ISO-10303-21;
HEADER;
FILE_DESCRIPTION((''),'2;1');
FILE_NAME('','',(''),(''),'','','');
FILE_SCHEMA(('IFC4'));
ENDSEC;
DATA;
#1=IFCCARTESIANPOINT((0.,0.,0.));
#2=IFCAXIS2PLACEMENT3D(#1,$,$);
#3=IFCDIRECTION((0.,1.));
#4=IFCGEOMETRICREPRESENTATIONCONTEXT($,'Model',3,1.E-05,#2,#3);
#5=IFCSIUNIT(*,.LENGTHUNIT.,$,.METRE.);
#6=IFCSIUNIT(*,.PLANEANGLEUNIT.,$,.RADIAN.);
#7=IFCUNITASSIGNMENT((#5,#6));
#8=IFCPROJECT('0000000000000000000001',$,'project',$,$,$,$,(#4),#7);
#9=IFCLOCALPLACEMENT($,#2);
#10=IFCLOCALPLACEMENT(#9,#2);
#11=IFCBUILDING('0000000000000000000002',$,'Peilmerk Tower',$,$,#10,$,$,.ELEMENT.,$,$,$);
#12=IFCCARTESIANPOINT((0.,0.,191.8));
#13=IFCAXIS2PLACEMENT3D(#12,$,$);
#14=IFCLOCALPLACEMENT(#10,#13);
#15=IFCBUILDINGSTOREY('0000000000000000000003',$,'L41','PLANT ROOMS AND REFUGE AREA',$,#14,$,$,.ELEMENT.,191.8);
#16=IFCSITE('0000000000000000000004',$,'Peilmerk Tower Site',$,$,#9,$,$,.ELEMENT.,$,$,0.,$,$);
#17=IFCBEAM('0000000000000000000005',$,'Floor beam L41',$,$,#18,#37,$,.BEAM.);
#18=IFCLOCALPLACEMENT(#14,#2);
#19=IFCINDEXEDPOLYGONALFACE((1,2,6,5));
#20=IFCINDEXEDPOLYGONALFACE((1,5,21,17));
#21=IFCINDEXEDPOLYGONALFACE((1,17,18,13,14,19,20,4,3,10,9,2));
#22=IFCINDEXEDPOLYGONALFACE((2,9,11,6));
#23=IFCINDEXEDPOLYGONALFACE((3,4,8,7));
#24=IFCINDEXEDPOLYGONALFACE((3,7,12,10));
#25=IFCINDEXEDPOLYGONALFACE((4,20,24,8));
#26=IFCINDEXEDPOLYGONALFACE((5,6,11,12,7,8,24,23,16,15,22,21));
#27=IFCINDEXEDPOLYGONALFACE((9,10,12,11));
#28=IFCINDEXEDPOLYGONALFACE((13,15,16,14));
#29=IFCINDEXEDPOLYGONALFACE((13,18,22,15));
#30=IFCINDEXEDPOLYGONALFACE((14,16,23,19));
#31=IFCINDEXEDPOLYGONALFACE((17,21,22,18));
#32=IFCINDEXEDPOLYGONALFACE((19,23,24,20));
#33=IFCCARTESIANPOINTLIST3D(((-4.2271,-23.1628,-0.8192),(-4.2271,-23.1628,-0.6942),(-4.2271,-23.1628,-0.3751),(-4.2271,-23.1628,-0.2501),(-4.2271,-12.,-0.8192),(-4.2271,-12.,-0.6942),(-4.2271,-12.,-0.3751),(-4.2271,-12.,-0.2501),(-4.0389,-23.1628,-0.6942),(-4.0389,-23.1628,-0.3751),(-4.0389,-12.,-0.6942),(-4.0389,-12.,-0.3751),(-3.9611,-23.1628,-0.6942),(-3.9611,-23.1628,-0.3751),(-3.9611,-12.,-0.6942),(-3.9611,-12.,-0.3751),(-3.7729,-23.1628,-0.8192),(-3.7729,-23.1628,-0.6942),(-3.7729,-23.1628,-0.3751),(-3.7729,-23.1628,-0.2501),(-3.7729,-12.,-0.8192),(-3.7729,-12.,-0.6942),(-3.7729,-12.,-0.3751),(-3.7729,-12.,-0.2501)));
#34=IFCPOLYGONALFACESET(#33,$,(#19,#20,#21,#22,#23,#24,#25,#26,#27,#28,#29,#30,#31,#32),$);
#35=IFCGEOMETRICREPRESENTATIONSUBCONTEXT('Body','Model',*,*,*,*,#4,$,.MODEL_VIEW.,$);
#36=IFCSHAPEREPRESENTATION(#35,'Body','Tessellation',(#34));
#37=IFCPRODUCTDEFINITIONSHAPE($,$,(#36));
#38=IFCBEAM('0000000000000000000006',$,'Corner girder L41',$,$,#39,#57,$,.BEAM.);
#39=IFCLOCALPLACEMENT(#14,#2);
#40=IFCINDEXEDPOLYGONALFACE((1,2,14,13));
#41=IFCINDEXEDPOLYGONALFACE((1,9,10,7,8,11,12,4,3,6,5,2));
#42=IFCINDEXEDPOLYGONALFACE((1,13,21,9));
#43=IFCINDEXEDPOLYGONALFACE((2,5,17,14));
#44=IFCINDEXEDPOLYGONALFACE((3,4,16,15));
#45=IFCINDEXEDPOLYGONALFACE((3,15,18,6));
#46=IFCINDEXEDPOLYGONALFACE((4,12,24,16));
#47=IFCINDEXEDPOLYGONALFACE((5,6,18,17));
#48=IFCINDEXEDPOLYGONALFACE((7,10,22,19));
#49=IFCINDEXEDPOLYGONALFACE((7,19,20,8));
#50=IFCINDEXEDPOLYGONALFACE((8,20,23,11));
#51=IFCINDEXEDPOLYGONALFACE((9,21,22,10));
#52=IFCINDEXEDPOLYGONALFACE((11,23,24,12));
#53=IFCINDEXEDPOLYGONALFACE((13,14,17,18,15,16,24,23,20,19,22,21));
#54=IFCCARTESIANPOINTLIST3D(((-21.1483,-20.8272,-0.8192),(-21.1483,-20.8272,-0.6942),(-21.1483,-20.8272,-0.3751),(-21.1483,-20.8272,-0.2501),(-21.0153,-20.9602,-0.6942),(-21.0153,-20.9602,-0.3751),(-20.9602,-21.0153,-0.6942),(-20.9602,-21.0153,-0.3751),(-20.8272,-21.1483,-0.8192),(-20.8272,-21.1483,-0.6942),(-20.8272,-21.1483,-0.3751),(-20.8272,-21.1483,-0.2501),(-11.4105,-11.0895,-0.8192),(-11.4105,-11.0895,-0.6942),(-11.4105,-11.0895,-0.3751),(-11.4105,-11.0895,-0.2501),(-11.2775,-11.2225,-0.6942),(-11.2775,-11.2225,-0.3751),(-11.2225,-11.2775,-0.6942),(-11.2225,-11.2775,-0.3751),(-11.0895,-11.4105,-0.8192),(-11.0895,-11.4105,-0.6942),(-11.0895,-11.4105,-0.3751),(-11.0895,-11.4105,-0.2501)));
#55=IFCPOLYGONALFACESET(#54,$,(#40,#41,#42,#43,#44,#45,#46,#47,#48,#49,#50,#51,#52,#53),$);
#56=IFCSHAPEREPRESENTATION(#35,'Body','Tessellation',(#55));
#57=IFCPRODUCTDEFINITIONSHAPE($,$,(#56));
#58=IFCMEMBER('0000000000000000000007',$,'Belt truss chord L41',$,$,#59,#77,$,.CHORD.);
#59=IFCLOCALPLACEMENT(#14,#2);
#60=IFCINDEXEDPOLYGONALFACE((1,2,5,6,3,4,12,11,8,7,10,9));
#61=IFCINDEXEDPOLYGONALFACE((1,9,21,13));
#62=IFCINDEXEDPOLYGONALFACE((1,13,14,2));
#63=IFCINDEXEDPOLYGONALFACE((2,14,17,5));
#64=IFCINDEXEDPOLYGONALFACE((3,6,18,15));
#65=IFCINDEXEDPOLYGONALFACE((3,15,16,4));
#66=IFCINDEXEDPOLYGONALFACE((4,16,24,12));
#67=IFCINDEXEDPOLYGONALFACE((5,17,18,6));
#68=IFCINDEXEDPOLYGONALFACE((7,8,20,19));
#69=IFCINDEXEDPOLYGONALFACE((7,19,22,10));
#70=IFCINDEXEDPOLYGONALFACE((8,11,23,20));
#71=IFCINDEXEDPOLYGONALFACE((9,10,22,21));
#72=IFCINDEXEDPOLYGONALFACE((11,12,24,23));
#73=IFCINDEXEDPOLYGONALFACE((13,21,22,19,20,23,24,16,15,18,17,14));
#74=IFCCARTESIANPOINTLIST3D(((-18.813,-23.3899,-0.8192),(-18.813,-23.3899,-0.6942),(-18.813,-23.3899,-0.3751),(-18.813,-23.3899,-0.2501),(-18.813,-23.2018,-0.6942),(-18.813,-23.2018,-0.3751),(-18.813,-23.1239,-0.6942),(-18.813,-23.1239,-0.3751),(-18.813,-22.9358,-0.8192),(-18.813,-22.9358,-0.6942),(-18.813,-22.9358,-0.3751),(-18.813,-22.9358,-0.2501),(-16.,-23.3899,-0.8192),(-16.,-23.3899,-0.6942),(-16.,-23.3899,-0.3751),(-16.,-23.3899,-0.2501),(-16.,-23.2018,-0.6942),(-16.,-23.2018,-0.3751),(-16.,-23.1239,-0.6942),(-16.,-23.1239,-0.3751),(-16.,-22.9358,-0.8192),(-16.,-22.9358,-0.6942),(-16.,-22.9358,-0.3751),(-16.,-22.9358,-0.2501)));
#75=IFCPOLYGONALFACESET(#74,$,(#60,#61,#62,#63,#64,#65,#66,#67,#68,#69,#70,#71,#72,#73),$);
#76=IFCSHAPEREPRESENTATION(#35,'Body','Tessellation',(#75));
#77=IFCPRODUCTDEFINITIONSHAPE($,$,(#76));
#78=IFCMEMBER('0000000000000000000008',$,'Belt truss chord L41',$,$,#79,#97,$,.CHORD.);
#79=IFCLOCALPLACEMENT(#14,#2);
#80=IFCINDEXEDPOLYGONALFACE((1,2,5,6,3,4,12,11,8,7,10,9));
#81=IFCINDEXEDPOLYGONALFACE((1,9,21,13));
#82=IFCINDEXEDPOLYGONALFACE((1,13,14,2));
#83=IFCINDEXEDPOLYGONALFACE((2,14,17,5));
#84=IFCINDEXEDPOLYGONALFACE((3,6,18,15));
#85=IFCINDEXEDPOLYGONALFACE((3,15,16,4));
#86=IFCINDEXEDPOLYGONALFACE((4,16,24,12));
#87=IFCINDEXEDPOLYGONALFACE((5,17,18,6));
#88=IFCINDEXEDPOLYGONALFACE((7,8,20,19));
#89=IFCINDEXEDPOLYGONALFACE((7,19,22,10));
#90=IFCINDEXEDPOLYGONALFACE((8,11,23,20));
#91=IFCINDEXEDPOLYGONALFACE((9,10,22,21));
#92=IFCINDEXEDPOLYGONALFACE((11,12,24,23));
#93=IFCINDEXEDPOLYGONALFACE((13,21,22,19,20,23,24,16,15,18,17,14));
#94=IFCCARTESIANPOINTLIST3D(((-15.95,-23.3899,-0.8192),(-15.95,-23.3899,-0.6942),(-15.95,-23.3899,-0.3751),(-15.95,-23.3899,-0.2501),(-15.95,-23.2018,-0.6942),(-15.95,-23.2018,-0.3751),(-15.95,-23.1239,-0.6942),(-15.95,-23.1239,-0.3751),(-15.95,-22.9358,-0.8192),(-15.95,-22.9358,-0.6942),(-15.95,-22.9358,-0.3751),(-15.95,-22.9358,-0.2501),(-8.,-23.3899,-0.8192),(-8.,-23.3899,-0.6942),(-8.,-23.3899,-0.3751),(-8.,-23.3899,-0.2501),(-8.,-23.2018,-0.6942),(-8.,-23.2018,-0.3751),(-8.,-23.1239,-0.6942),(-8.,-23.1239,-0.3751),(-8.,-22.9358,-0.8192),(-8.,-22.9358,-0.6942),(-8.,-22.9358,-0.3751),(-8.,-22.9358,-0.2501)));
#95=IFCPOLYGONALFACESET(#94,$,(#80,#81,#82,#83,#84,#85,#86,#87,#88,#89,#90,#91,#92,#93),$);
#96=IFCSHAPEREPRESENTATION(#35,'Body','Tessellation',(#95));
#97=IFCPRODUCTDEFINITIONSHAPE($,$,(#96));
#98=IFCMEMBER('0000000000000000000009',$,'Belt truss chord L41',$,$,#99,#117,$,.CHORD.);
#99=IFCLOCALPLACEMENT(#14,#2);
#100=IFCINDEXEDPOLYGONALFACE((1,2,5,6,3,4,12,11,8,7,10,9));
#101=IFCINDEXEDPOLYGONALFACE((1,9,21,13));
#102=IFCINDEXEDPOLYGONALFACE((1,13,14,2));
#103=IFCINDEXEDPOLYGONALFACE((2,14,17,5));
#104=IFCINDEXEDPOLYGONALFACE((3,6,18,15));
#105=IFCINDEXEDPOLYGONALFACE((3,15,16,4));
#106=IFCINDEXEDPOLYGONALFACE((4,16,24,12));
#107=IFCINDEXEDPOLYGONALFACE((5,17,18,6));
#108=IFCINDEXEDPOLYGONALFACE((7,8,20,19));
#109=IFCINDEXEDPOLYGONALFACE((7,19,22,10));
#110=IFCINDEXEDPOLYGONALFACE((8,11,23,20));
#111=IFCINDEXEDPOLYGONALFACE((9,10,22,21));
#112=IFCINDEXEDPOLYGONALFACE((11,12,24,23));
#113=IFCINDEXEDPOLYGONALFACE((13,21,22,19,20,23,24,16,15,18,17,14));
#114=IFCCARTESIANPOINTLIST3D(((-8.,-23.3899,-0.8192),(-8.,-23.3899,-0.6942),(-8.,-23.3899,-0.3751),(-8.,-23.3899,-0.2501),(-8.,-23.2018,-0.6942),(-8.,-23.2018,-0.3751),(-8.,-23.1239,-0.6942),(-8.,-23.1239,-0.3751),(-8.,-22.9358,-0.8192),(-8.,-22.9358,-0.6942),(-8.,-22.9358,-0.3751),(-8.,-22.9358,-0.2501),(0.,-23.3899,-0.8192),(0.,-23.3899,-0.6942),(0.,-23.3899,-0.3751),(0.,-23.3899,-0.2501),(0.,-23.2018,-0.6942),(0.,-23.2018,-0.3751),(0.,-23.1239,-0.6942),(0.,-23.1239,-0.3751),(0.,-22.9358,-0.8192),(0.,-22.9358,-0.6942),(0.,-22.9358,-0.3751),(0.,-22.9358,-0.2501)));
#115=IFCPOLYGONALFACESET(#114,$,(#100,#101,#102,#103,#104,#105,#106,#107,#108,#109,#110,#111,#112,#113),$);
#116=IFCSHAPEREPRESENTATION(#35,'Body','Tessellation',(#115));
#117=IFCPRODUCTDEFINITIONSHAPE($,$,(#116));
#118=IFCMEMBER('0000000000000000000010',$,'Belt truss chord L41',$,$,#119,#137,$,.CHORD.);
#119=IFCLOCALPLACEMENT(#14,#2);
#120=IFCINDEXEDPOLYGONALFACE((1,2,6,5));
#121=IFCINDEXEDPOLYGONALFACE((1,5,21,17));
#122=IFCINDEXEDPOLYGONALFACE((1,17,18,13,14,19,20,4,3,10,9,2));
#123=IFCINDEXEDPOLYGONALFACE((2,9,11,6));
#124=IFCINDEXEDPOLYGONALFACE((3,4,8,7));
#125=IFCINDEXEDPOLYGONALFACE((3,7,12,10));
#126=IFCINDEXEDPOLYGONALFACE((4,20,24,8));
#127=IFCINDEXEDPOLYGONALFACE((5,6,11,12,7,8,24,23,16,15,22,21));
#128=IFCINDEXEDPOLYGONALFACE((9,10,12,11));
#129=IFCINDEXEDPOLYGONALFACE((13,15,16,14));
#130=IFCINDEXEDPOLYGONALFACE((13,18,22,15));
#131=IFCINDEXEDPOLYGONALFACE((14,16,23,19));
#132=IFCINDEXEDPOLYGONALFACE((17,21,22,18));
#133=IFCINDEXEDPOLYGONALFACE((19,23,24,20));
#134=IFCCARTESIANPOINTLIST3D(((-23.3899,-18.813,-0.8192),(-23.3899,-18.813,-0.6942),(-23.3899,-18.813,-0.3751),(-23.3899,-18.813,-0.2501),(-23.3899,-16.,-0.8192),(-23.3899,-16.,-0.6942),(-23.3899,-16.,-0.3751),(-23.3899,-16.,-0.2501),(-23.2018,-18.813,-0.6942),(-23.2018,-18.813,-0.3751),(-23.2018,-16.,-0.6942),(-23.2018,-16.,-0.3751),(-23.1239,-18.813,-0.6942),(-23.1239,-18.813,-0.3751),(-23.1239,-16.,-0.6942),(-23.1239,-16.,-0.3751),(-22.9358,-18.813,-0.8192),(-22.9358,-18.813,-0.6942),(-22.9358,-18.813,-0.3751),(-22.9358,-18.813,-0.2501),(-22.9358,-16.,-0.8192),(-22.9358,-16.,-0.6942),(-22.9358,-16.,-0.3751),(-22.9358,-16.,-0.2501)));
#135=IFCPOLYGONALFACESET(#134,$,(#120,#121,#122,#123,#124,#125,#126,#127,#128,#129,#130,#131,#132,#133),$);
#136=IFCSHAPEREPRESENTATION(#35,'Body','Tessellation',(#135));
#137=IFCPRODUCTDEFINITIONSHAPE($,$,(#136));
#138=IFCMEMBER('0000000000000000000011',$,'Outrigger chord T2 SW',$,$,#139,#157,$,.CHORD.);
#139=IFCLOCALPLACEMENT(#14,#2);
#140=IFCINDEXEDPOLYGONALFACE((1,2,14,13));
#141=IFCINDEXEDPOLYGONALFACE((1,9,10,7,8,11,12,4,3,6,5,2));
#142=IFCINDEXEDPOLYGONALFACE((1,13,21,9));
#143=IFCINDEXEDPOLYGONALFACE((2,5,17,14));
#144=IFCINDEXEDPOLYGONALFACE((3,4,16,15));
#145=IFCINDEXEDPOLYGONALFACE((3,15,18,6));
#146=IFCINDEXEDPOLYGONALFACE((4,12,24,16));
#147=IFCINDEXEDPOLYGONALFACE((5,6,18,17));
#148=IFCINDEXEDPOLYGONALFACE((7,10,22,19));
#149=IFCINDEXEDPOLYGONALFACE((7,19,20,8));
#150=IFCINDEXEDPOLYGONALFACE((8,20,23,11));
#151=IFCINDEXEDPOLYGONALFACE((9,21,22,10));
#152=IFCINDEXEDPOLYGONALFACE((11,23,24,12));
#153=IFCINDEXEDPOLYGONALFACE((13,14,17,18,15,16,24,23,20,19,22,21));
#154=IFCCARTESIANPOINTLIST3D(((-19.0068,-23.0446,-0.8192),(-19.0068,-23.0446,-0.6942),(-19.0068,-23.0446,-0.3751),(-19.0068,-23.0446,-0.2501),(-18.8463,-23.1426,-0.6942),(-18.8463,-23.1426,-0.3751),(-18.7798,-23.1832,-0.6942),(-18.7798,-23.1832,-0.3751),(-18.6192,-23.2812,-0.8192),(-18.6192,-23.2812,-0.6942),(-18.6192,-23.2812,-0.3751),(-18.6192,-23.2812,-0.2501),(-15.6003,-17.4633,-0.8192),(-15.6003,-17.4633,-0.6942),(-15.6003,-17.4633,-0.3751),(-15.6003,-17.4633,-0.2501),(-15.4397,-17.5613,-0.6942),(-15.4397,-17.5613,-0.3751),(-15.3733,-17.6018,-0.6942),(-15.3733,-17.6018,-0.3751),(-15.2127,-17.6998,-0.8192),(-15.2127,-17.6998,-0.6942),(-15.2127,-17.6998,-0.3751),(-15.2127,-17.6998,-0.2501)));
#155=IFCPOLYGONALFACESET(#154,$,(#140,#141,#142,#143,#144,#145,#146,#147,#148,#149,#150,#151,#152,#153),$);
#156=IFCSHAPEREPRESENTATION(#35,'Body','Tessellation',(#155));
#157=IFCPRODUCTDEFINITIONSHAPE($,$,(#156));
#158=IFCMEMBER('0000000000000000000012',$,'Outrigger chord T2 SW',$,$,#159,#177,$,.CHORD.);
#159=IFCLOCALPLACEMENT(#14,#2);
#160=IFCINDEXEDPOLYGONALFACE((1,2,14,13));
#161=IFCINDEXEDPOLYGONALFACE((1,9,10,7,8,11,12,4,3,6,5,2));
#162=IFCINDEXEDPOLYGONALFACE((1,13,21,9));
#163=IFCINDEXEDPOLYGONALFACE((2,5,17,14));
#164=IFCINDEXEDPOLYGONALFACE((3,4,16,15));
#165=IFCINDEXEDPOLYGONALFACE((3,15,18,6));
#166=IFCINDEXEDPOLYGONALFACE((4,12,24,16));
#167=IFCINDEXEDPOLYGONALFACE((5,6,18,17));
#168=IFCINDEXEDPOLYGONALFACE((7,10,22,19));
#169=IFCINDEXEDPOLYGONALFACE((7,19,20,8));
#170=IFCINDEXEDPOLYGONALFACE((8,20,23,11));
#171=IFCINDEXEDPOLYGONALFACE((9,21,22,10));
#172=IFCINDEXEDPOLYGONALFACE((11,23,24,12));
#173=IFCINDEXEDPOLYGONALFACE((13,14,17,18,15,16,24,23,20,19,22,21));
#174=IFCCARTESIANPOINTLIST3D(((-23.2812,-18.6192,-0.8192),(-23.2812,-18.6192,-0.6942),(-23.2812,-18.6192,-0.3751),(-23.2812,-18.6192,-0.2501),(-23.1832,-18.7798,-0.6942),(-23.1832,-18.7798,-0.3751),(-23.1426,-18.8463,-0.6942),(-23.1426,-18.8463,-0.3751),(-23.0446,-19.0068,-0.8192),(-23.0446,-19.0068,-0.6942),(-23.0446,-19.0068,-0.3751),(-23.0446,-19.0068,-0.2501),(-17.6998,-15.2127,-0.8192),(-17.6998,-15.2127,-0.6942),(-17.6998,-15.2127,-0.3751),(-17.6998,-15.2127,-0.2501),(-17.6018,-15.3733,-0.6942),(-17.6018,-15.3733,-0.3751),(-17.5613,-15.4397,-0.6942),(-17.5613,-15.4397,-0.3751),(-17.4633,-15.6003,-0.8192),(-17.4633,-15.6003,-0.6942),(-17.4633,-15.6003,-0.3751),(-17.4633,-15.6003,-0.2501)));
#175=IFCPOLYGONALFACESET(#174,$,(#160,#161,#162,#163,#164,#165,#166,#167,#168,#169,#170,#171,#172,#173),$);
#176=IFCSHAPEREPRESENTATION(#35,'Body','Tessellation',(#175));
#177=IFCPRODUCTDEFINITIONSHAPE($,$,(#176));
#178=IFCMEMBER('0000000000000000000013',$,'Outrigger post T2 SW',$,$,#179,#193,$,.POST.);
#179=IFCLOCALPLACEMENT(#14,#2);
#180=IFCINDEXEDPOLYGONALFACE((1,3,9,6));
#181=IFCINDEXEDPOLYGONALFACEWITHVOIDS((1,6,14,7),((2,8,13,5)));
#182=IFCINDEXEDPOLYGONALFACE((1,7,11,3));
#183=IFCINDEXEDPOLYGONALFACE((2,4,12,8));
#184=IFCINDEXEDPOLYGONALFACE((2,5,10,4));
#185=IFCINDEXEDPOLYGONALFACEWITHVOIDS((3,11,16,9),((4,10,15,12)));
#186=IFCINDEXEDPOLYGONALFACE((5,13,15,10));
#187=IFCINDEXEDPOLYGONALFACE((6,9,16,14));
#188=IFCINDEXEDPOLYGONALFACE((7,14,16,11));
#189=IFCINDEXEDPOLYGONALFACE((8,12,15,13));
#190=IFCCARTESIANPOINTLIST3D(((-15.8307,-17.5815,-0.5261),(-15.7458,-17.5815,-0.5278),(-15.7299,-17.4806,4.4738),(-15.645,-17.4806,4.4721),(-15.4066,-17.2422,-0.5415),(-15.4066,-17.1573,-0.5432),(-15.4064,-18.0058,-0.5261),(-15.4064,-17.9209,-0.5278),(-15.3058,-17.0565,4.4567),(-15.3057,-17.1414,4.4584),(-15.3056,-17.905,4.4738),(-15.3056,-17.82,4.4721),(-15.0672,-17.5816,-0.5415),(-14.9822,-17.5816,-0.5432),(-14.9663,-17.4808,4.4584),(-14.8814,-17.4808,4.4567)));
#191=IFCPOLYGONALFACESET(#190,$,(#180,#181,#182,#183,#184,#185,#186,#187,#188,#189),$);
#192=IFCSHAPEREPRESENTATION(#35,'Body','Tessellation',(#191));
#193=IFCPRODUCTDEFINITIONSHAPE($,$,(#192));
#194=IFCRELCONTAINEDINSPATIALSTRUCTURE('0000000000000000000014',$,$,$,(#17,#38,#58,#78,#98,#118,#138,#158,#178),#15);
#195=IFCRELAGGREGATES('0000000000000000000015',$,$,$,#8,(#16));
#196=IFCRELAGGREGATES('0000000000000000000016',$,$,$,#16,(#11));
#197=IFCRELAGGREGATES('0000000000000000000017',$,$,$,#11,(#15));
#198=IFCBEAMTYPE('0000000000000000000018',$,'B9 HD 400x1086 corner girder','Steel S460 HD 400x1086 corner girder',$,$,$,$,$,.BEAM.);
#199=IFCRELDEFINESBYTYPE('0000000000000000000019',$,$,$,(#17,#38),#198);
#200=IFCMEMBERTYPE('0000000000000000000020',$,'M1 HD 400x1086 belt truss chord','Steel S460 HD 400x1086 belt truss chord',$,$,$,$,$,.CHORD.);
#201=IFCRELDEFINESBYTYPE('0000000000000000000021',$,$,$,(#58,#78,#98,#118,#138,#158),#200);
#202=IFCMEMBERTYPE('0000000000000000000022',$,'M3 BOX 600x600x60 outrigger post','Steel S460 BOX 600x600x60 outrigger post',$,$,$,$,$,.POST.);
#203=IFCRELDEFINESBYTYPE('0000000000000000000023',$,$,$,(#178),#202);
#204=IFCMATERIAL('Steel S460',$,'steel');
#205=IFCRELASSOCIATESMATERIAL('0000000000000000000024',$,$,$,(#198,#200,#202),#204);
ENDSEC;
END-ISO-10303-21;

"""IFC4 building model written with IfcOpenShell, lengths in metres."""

from ifc_helpers import new_model, si_unit, direction, frame, origin, origin_2d, place, context, subcontext, project, spatial, hollow_rectangle, i_section, extrude, material, material_profile, profile_set, type_object, element, save


model = new_model("IFC4")

# Units and contexts
model_context = context("Model", 3, precision=1e-05, world=origin(), true_north=direction((0.0, 1.0)))
body_context = subcontext(model_context, "Body", "Model", "MODEL_VIEW")
ifc_project = project(units=[si_unit("LENGTHUNIT", "METRE"), si_unit("PLANEANGLEUNIT", "RADIAN")], contexts=[model_context])

# Site, building, storey
site_placement = place(None, origin())
site = spatial("IfcSite", under=ifc_project, at=site_placement, Name="Peilmerk Tower Site", CompositionType="ELEMENT", RefElevation=0.0)
building_placement = place(site_placement, origin())
building = spatial("IfcBuilding", under=site, at=building_placement, Name="Peilmerk Tower", CompositionType="ELEMENT")
storey_placement = place(building_placement, frame((0.0, 0.0, 191.8)))
storey = spatial("IfcBuildingStorey", under=building, at=storey_placement, Name="L41", Description="PLANT ROOMS AND REFUGE AREA", CompositionType="ELEMENT", Elevation=191.8)

# Shared definitions
ifc_material_1 = material(Name="Steel S460", Category="steel")

# Beams
ifc_material_profile_1 = material_profile(ifc_material_1, i_section(OverallWidth=0.4541, OverallDepth=0.5691, WebThickness=0.0779, FlangeThickness=0.125, at=origin_2d()), Name="HD 400x1086")
ifc_profile_set_1 = profile_set([ifc_material_profile_1], Name="Steel S460")
beam_type_1 = type_object("IfcBeamType", Name="B9 HD 400x1086 corner girder", Description="Steel S460 HD 400x1086 corner girder", PredefinedType="BEAM", material=ifc_profile_set_1)
for number, where, z_axis, x_axis, name in (
    (1, (-4.0, -12.0, -0.5347), (0.0, -1.0, 0.0), (1.0, 0.0, 0.0), "Floor beam L41"),
):
    element("IfcBeam", number, at=place(storey_placement, frame(where, z_axis=z_axis, x_axis=x_axis)), inside=storey, type_object=beam_type_1, Name=name, PredefinedType="BEAM", context=body_context, shape_type="SweptSolid", body=[
        extrude(i_section(OverallWidth=0.4541, OverallDepth=0.5691, WebThickness=0.0779, FlangeThickness=0.125, at=origin_2d()), origin(), (0.0, 0.0, 1.0), 11.1628),
    ])
beam_1_placement = place(storey_placement, frame((-11.25, -11.25, -0.5347), z_axis=(-0.707107, -0.707107, 0.0), x_axis=(0.707107, -0.707107, 0.0)))
element("IfcBeam", 2, at=beam_1_placement, inside=storey, type_object=beam_type_1, Name="Corner girder L41", PredefinedType="BEAM", context=body_context, shape_type="SweptSolid", body=[
    extrude(i_section(OverallWidth=0.4541, OverallDepth=0.5691, WebThickness=0.0779, FlangeThickness=0.125, at=origin_2d()), origin(), (0.0, 0.0, 1.0), 13.7712),
])

# Members
ifc_material_profile_2 = material_profile(ifc_material_1, i_section(OverallWidth=0.4541, OverallDepth=0.5691, WebThickness=0.0779, FlangeThickness=0.125, at=origin_2d()), Name="HD 400x1086")
ifc_profile_set_2 = profile_set([ifc_material_profile_2], Name="Steel S460")
member_type_1 = type_object("IfcMemberType", Name="M1 HD 400x1086 belt truss chord", Description="Steel S460 HD 400x1086 belt truss chord", PredefinedType="CHORD", material=ifc_profile_set_2)
member_1_placement = place(storey_placement, frame((-18.813, -23.1628, -0.5347), z_axis=(1.0, 0.0, 0.0), x_axis=(0.0, 1.0, 0.0)))
element("IfcMember", 3, at=member_1_placement, inside=storey, type_object=member_type_1, Name="Belt truss chord L41", PredefinedType="CHORD", context=body_context, shape_type="SweptSolid", body=[
    extrude(i_section(OverallWidth=0.4541, OverallDepth=0.5691, WebThickness=0.0779, FlangeThickness=0.125, at=origin_2d()), origin(), (0.0, 0.0, 1.0), 2.813),
])
member_2_placement = place(storey_placement, frame((-15.95, -23.1628, -0.5347), z_axis=(1.0, 0.0, 0.0), x_axis=(0.0, 1.0, 0.0)))
element("IfcMember", 4, at=member_2_placement, inside=storey, type_object=member_type_1, Name="Belt truss chord L41", PredefinedType="CHORD", context=body_context, shape_type="SweptSolid", body=[
    extrude(i_section(OverallWidth=0.4541, OverallDepth=0.5691, WebThickness=0.0779, FlangeThickness=0.125, at=origin_2d()), origin(), (0.0, 0.0, 1.0), 7.95),
])
member_3_placement = place(storey_placement, frame((-8.0, -23.1628, -0.5347), z_axis=(1.0, 0.0, 0.0), x_axis=(0.0, 1.0, 0.0)))
element("IfcMember", 5, at=member_3_placement, inside=storey, type_object=member_type_1, Name="Belt truss chord L41", PredefinedType="CHORD", context=body_context, shape_type="SweptSolid", body=[
    extrude(i_section(OverallWidth=0.4541, OverallDepth=0.5691, WebThickness=0.0779, FlangeThickness=0.125, at=origin_2d()), origin(), (0.0, 0.0, 1.0), 8.0),
])
member_4_placement = place(storey_placement, frame((-23.1628, -16.0, -0.5347), z_axis=(0.0, -1.0, 0.0), x_axis=(1.0, 0.0, 0.0)))
element("IfcMember", 6, at=member_4_placement, inside=storey, type_object=member_type_1, Name="Belt truss chord L41", PredefinedType="CHORD", context=body_context, shape_type="SweptSolid", body=[
    extrude(i_section(OverallWidth=0.4541, OverallDepth=0.5691, WebThickness=0.0779, FlangeThickness=0.125, at=origin_2d()), origin(), (0.0, 0.0, 1.0), 2.813),
])
for number, where, z_axis, x_axis, name in (
    (7, (-15.4065, -17.5815, -0.5347), (-0.520971, -0.853574, 0.0), (0.853574, -0.520971, 0.0), "Outrigger chord T2 SW"),
    (8, (-17.5815, -15.4065, -0.5347), (-0.853574, -0.520971, 0.0), (0.520971, -0.853574, 0.0), "Outrigger chord T2 SW"),
):
    element("IfcMember", number, at=place(storey_placement, frame(where, z_axis=z_axis, x_axis=x_axis)), inside=storey, type_object=member_type_1, Name=name, PredefinedType="CHORD", context=body_context, shape_type="SweptSolid", body=[
        extrude(i_section(OverallWidth=0.4541, OverallDepth=0.5691, WebThickness=0.0779, FlangeThickness=0.125, at=origin_2d()), origin(), (0.0, 0.0, 1.0), 6.5388),
    ])
ifc_material_profile_3 = material_profile(ifc_material_1, hollow_rectangle(XDim=0.6001, YDim=0.6001, WallThickness=0.0601, at=origin_2d()), Name="BOX 600x600x60")
ifc_profile_set_3 = profile_set([ifc_material_profile_3], Name="Steel S460")
member_type_2 = type_object("IfcMemberType", Name="M3 BOX 600x600x60 outrigger post", Description="Steel S460 BOX 600x600x60 outrigger post", PredefinedType="POST", material=ifc_profile_set_3)
for number, where, z_axis, x_axis, name in (
    (9, (-15.4065, -17.5815, -0.5347), (0.020158, 0.020158, 0.999594), (-0.707107, 0.707107, 0.0), "Outrigger post T2 SW"),
):
    element("IfcMember", number, at=place(storey_placement, frame(where, z_axis=z_axis, x_axis=x_axis)), inside=storey, type_object=member_type_2, Name=name, PredefinedType="POST", context=body_context, shape_type="SweptSolid", body=[
        extrude(hollow_rectangle(XDim=0.6001, YDim=0.6001, WallThickness=0.0601, at=origin_2d()), origin(), (0.0, 0.0, 1.0), 5.002),
    ])

save(model, "model.ifc")
